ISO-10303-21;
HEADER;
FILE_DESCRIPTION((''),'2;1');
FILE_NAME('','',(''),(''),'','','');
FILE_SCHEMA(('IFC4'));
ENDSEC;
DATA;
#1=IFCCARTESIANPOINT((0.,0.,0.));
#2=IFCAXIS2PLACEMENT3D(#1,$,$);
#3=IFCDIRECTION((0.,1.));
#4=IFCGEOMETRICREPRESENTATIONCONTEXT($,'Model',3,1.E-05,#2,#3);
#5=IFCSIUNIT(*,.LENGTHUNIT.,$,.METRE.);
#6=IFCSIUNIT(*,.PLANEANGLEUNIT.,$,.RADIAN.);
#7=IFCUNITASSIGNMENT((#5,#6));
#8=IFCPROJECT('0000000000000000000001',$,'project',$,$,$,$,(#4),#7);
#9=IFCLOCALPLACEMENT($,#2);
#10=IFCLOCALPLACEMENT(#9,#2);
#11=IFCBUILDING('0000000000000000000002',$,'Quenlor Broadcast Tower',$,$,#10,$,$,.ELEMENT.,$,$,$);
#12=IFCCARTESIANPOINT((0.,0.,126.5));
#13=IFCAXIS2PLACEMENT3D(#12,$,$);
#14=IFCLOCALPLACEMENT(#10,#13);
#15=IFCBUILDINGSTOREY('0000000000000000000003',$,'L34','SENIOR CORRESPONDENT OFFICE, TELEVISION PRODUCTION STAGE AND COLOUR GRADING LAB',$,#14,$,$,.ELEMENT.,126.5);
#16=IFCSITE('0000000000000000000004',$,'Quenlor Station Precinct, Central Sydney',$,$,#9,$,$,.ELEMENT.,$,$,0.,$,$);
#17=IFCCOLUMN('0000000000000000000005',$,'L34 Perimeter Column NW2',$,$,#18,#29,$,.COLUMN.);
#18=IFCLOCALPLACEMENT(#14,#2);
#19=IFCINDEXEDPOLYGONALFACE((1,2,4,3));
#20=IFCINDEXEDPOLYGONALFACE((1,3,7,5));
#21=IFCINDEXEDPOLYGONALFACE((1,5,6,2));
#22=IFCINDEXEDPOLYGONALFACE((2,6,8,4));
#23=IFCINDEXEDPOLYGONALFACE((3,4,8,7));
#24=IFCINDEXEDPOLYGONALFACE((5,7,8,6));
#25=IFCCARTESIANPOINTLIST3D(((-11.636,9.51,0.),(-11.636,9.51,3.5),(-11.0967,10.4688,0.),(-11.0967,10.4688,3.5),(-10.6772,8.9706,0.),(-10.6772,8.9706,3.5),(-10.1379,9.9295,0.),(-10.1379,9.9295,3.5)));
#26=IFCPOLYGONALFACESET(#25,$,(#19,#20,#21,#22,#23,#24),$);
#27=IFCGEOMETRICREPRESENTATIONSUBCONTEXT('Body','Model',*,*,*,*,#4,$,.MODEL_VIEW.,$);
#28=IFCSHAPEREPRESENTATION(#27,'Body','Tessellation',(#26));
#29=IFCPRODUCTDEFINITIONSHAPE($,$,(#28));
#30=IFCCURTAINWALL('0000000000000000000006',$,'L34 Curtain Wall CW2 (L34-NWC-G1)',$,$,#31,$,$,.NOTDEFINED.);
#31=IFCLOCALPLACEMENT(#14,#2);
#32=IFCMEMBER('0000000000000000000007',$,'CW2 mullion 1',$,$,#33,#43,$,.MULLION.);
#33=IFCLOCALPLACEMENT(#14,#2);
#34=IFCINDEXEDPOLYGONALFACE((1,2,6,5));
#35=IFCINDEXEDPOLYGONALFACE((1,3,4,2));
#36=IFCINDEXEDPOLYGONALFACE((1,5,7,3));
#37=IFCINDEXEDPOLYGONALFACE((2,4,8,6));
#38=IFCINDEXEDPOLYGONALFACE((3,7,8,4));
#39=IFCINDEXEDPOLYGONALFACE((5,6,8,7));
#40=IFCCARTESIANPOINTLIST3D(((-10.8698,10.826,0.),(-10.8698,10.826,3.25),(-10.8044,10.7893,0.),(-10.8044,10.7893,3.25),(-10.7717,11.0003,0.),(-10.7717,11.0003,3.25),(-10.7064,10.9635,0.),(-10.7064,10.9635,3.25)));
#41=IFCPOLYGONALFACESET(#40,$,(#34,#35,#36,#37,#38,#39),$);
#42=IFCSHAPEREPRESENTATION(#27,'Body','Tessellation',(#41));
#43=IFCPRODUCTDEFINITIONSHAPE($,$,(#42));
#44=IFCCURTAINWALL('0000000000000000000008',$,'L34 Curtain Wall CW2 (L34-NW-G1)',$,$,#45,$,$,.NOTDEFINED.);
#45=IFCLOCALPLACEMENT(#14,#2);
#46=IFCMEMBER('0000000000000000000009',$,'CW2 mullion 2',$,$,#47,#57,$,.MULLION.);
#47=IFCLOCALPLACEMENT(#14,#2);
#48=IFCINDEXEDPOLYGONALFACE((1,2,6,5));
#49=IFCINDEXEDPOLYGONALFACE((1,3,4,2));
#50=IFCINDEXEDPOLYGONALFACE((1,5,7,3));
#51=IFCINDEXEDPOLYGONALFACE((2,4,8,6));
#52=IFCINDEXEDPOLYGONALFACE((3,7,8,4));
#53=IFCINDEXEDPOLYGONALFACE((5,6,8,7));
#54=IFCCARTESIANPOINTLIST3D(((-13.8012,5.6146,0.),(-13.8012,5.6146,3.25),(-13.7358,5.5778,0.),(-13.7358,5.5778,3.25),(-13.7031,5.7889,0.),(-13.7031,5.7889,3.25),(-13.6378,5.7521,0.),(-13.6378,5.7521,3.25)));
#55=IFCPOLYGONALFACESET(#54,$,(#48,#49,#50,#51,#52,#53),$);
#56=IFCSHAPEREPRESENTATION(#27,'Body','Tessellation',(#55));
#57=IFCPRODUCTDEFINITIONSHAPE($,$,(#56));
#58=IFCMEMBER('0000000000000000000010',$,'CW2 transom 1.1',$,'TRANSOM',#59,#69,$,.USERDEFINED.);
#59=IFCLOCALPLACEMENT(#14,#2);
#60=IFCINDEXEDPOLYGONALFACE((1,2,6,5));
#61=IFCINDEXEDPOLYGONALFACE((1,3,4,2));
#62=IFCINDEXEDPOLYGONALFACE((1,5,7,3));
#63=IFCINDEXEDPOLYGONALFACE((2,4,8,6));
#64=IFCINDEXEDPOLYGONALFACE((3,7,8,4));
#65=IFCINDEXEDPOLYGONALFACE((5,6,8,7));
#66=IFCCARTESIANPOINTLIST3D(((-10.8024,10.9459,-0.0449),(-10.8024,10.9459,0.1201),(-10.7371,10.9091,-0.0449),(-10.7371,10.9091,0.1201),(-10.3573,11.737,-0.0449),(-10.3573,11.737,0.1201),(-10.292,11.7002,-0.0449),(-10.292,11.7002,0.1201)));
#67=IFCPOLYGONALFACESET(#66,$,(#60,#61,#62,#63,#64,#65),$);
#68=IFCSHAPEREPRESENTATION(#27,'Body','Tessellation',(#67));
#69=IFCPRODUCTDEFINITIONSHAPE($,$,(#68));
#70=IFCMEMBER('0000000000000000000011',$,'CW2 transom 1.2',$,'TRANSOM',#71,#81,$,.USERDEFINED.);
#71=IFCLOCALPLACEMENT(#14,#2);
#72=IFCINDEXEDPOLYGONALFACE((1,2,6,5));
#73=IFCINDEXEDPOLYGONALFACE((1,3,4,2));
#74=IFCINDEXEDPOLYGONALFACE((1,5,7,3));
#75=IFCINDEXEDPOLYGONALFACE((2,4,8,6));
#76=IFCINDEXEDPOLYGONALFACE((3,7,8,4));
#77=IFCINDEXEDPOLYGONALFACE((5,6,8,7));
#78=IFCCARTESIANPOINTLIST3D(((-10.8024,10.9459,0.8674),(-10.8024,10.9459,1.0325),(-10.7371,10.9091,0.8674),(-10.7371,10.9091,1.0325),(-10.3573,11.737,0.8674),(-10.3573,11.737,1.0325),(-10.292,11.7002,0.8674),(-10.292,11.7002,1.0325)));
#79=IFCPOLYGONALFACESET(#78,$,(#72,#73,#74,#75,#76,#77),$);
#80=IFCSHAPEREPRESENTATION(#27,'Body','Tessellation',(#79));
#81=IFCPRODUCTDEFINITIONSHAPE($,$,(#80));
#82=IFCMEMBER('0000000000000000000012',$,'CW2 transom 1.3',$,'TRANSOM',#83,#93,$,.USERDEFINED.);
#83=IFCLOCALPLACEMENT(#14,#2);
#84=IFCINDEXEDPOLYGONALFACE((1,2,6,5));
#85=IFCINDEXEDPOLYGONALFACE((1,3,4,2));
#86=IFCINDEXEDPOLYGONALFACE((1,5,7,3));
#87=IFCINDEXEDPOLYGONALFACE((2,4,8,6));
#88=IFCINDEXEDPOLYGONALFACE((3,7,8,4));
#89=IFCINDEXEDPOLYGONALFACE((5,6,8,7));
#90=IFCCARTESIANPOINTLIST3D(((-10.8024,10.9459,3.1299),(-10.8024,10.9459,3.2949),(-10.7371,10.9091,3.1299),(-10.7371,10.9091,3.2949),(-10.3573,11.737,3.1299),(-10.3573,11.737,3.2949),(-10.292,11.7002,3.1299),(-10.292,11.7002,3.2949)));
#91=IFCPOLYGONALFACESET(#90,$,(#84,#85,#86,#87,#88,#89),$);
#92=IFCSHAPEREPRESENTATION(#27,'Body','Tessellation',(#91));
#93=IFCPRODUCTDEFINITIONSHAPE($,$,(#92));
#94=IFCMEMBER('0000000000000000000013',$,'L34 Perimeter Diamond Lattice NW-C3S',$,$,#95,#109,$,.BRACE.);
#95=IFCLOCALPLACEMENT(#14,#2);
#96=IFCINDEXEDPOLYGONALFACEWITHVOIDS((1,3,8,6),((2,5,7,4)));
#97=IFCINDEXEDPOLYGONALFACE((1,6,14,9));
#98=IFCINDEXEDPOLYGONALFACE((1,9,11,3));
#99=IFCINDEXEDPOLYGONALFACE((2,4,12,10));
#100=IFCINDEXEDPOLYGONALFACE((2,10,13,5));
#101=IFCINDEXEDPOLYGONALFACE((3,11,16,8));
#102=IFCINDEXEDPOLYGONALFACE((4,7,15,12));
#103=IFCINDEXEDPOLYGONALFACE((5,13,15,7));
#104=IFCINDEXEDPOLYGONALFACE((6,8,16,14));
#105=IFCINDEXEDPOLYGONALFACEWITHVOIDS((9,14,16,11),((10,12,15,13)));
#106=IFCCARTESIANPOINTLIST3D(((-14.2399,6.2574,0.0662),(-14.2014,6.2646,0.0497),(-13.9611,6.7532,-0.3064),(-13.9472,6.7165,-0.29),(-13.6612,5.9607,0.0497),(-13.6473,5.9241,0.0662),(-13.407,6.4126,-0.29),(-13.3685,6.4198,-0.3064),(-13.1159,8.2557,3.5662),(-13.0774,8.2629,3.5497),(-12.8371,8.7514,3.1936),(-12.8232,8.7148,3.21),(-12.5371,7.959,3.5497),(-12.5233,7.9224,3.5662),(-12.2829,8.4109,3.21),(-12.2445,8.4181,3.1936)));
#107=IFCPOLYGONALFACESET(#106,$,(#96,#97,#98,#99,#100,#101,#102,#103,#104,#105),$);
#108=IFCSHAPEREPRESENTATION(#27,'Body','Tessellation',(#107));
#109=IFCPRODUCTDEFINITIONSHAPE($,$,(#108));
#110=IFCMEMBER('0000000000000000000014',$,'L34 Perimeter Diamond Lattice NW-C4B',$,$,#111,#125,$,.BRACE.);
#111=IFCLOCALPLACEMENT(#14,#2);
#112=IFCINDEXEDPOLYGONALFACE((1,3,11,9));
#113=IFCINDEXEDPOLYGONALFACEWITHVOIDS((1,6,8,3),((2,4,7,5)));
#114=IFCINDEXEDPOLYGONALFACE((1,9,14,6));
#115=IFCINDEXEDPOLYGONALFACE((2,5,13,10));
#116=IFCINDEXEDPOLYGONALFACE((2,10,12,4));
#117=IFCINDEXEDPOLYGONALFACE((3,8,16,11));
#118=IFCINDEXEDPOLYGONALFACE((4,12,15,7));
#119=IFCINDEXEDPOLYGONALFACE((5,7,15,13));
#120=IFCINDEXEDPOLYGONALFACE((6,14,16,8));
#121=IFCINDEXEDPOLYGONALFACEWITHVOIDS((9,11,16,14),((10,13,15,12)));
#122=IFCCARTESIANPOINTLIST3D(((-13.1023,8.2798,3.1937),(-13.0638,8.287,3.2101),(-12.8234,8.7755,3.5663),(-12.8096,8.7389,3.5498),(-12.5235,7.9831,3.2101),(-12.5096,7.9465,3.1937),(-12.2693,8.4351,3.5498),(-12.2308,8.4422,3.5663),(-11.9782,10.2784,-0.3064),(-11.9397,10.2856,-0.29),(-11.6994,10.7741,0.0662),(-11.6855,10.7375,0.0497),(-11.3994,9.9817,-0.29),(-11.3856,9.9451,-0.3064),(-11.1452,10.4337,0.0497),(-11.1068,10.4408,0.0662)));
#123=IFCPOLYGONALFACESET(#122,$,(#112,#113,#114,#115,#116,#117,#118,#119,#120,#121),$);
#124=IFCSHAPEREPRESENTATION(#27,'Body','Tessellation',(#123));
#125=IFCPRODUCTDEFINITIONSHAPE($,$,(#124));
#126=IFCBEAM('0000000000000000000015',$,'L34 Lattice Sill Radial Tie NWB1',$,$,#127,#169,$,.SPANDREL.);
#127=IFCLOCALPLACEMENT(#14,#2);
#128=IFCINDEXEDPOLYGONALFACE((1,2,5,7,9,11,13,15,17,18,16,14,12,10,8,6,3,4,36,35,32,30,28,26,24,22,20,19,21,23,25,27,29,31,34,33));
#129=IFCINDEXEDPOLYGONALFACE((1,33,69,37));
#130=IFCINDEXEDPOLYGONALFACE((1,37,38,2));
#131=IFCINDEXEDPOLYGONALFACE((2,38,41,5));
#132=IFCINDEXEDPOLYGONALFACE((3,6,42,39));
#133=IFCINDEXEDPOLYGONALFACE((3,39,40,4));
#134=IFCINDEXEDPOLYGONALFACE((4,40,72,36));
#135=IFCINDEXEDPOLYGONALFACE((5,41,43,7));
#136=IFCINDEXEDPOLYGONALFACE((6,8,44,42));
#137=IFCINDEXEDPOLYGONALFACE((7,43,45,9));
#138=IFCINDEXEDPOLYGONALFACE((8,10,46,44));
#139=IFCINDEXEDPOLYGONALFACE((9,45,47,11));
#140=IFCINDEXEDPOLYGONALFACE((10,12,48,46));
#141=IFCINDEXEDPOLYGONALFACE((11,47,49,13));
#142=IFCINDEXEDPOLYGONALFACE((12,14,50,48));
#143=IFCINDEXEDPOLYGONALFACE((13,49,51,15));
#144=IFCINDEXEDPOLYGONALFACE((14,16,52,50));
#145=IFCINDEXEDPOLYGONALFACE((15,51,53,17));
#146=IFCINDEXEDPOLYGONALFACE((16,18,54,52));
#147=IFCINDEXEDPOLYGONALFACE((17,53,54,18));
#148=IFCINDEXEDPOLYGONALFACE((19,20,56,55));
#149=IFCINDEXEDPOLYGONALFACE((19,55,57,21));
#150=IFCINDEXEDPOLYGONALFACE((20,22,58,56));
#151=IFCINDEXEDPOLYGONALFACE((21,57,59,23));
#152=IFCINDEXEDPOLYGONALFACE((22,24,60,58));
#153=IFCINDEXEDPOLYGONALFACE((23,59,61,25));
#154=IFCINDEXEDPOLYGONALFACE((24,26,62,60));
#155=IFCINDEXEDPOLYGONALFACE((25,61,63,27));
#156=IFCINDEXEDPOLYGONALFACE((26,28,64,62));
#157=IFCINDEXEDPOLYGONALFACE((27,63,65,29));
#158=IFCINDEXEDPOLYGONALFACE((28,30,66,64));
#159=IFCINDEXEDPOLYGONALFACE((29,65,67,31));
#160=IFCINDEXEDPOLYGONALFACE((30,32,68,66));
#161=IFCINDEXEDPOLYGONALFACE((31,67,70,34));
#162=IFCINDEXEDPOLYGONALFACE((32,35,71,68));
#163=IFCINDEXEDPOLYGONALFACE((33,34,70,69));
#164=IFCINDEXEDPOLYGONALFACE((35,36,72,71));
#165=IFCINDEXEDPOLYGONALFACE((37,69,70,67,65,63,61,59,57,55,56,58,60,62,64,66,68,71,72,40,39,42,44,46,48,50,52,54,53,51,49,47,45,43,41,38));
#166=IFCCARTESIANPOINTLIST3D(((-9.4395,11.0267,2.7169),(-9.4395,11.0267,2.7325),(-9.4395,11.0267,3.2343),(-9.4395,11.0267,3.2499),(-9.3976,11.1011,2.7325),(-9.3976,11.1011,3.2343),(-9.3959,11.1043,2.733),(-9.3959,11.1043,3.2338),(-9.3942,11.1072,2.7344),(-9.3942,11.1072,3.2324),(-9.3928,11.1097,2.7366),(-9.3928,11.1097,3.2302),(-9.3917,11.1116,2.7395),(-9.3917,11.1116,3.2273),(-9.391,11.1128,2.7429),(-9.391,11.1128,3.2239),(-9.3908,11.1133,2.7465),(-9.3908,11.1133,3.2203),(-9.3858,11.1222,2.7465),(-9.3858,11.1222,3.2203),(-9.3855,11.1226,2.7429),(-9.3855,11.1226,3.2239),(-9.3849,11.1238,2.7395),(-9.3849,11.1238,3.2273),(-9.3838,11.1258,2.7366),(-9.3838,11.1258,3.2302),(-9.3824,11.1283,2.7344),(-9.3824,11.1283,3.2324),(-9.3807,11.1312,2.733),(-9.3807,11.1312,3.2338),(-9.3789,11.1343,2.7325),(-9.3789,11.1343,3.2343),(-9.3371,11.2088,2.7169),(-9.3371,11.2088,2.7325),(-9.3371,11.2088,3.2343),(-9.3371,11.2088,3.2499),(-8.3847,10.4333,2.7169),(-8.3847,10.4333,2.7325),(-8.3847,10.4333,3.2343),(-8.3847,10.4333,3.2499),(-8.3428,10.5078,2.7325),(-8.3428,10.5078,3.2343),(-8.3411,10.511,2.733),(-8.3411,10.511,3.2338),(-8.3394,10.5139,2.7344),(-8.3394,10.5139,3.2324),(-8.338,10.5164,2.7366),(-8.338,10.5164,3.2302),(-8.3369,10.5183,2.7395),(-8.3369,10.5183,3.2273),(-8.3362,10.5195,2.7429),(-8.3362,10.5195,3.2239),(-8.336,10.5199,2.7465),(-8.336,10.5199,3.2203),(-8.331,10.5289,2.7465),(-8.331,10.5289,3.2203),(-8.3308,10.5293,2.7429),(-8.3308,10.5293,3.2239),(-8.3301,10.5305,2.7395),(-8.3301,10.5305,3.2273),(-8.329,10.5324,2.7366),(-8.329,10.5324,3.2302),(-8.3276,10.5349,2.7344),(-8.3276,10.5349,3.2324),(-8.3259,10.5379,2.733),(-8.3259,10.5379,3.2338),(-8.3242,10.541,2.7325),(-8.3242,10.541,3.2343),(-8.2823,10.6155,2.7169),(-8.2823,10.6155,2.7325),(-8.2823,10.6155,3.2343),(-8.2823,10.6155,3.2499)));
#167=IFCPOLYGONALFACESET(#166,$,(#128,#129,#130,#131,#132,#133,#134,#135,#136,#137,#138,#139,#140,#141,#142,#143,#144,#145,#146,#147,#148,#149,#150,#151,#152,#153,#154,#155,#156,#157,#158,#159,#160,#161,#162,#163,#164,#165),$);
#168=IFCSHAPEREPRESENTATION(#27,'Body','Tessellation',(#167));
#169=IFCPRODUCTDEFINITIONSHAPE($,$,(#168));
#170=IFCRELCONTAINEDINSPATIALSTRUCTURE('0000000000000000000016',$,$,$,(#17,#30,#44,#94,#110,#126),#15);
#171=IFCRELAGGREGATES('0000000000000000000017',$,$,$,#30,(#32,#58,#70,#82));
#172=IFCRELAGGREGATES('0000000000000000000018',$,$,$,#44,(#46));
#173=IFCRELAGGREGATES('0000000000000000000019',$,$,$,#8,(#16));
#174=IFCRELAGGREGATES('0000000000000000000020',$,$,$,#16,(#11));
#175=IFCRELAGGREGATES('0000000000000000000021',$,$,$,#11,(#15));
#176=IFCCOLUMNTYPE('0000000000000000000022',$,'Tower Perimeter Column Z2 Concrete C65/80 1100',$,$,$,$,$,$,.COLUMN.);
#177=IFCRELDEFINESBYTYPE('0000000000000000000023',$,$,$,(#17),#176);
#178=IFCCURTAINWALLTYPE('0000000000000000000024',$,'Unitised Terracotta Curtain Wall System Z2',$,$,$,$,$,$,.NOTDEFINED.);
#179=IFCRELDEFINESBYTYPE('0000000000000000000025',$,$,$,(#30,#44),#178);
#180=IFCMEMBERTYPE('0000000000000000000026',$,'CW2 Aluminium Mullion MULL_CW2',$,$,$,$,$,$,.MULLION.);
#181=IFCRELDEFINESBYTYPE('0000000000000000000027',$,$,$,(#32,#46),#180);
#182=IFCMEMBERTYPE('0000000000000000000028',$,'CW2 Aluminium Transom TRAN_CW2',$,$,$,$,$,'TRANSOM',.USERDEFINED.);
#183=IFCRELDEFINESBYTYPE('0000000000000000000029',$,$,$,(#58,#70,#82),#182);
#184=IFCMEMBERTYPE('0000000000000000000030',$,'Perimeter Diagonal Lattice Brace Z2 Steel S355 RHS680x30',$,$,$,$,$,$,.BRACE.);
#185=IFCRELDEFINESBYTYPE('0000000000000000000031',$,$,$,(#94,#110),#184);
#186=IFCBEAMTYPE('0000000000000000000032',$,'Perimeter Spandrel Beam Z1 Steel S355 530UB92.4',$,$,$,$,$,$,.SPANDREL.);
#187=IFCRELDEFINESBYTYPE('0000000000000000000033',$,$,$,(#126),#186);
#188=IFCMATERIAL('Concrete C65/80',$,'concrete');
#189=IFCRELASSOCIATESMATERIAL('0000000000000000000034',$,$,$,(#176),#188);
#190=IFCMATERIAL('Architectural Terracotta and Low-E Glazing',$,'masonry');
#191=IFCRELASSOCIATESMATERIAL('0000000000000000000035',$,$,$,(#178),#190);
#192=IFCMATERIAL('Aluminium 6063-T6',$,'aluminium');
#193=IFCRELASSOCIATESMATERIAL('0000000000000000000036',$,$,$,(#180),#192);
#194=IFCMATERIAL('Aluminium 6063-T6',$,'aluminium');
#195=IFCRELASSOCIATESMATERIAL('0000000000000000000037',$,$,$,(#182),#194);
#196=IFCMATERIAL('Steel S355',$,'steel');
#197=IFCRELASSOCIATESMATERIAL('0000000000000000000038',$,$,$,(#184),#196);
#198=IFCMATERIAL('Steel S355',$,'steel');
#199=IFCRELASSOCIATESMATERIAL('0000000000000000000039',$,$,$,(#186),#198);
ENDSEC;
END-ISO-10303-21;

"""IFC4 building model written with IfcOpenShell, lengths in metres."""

from ifc_helpers import new_model, si_unit, direction, frame, origin, origin_2d, place, context, subcontext, project, spatial, rectangle, hollow_rectangle, i_section, extrude, material, material_profile, profile_set, type_object, element, aggregate, save


model = new_model("IFC4")

# Units and contexts
model_context = context("Model", 3, precision=1e-05, world=origin(), true_north=direction((0.0, 1.0)))
body_context = subcontext(model_context, "Body", "Model", "MODEL_VIEW")
ifc_project = project(units=[si_unit("LENGTHUNIT", "METRE"), si_unit("PLANEANGLEUNIT", "RADIAN")], contexts=[model_context])

# Site, building, storey
site_placement = place(None, origin())
site = spatial("IfcSite", under=ifc_project, at=site_placement, Name="Quenlor Station Precinct, Central Sydney", CompositionType="ELEMENT", RefElevation=0.0)
building_placement = place(site_placement, origin())
building = spatial("IfcBuilding", under=site, at=building_placement, Name="Quenlor Broadcast Tower", CompositionType="ELEMENT")
storey_placement = place(building_placement, frame((0.0, 0.0, 126.5)))
storey = spatial("IfcBuildingStorey", under=building, at=storey_placement, Name="L34", Description="SENIOR CORRESPONDENT OFFICE, TELEVISION PRODUCTION STAGE AND COLOUR GRADING LAB", CompositionType="ELEMENT", Elevation=126.5)

# Column
ifc_material_1 = material(Name="Concrete C65/80", Category="concrete")
ifc_material_profile_1 = material_profile(ifc_material_1, rectangle(XDim=1.1001, YDim=1.1001, at=origin_2d()))
ifc_profile_set_1 = profile_set([ifc_material_profile_1], Name="Concrete C65/80 RC1100x1100")
column_type = type_object("IfcColumnType", Name="Tower Perimeter Column Z2 Concrete C65/80 1100", PredefinedType="COLUMN", material=ifc_profile_set_1)
column_placement = place(storey_placement, frame((-10.887, 9.7197, 0.0), z_axis=(0.0, 0.0, 1.0), x_axis=(-0.871575, 0.490262, 0.0)))
element("IfcColumn", 1, at=column_placement, inside=storey, type_object=column_type, Name="L34 Perimeter Column NW2", PredefinedType="COLUMN", context=body_context, shape_type="SweptSolid", body=[
    extrude(rectangle(XDim=1.1001, YDim=1.1001, at=origin_2d()), origin(), (0.0, 0.0, 1.0), 3.5),
])

# Curtain walls, members
ifc_material_2 = material(Name="Architectural Terracotta and Low-E Glazing", Category="masonry")
curtain_wall_type = type_object("IfcCurtainWallType", Name="Unitised Terracotta Curtain Wall System Z2", PredefinedType="NOTDEFINED", material=ifc_material_2)
curtain_wall_1_placement = place(storey_placement, origin())
curtain_wall_1 = element("IfcCurtainWall", 2, at=curtain_wall_1_placement, inside=storey, type_object=curtain_wall_type, Name="L34 Curtain Wall CW2 (L34-NWC-G1)", PredefinedType="NOTDEFINED")
ifc_material_3 = material(Name="Aluminium 6063-T6", Category="aluminium")
ifc_material_profile_2 = material_profile(ifc_material_3, rectangle(XDim=0.075, YDim=0.2, at=origin_2d()))
ifc_profile_set_2 = profile_set([ifc_material_profile_2], Name="Aluminium 6063-T6 MULL75x200")
member_type_1 = type_object("IfcMemberType", Name="CW2 Aluminium Mullion MULL_CW2", PredefinedType="MULLION", material=ifc_profile_set_2)
member_1_placement = place(storey_placement, frame((-10.7881, 10.8948, 0.0), z_axis=(0.0, 0.0, 1.0), x_axis=(-0.871581, 0.490252, 0.0)))
member_1 = element("IfcMember", 3, at=member_1_placement, type_object=member_type_1, Name="CW2 mullion 1", PredefinedType="MULLION", context=body_context, shape_type="SweptSolid", body=[
    extrude(rectangle(XDim=0.075, YDim=0.2, at=origin_2d()), origin(), (0.0, 0.0, 1.0), 3.25),
])
curtain_wall_2_placement = place(storey_placement, origin())
curtain_wall_2 = element("IfcCurtainWall", 4, at=curtain_wall_2_placement, inside=storey, type_object=curtain_wall_type, Name="L34 Curtain Wall CW2 (L34-NW-G1)", PredefinedType="NOTDEFINED")
member_2_placement = place(storey_placement, frame((-13.7195, 5.6833, 0.0), z_axis=(0.0, 0.0, 1.0), x_axis=(-0.871579, 0.490254, 0.0)))
member_2 = element("IfcMember", 5, at=member_2_placement, type_object=member_type_1, Name="CW2 mullion 2", PredefinedType="MULLION", context=body_context, shape_type="SweptSolid", body=[
    extrude(rectangle(XDim=0.075, YDim=0.2, at=origin_2d()), origin(), (0.0, 0.0, 1.0), 3.25),
])

# Members
ifc_material_4 = material(Name="Aluminium 6063-T6", Category="aluminium")
ifc_material_profile_3 = material_profile(ifc_material_4, rectangle(XDim=0.075, YDim=0.165, at=origin_2d()))
ifc_profile_set_3 = profile_set([ifc_material_profile_3], Name="Aluminium 6063-T6 TRAN75x165")
member_type_2 = type_object("IfcMemberType", Name="CW2 Aluminium Transom TRAN_CW2", ElementType="TRANSOM", PredefinedType="USERDEFINED", material=ifc_profile_set_3)
member_3_placement = place(storey_placement, frame((-10.7698, 10.9275, 0.0376), z_axis=(0.490363, 0.871518, 0.0), x_axis=(-0.871518, 0.490363, 0.0)))
member_3 = element("IfcMember", 6, at=member_3_placement, type_object=member_type_2, Name="CW2 transom 1.1", ObjectType="TRANSOM", PredefinedType="USERDEFINED", context=body_context, shape_type="SweptSolid", body=[
    extrude(rectangle(XDim=0.075, YDim=0.165, at=origin_2d()), origin(), (0.0, 0.0, 1.0), 0.9077),
])
member_4_placement = place(storey_placement, frame((-10.7698, 10.9275, 0.95), z_axis=(0.490363, 0.871518, 0.0), x_axis=(-0.871518, 0.490363, 0.0)))
member_4 = element("IfcMember", 7, at=member_4_placement, type_object=member_type_2, Name="CW2 transom 1.2", ObjectType="TRANSOM", PredefinedType="USERDEFINED", context=body_context, shape_type="SweptSolid", body=[
    extrude(rectangle(XDim=0.075, YDim=0.165, at=origin_2d()), origin(), (0.0, 0.0, 1.0), 0.9077),
])
member_5_placement = place(storey_placement, frame((-10.7698, 10.9275, 3.2124), z_axis=(0.490363, 0.871518, 0.0), x_axis=(-0.871518, 0.490363, 0.0)))
member_5 = element("IfcMember", 8, at=member_5_placement, type_object=member_type_2, Name="CW2 transom 1.3", ObjectType="TRANSOM", PredefinedType="USERDEFINED", context=body_context, shape_type="SweptSolid", body=[
    extrude(rectangle(XDim=0.075, YDim=0.165, at=origin_2d()), origin(), (0.0, 0.0, 1.0), 0.9077),
])

# Members
ifc_material_5 = material(Name="Steel S355", Category="steel")
ifc_material_profile_4 = material_profile(ifc_material_5, hollow_rectangle(XDim=0.6799, YDim=0.6799, WallThickness=0.03, at=origin_2d()))
ifc_profile_set_4 = profile_set([ifc_material_profile_4], Name="Steel S355 RHS680x680x30")
member_type_3 = type_object("IfcMemberType", Name="Perimeter Diagonal Lattice Brace Z2 Steel S355 RHS680x30", PredefinedType="BRACE", material=ifc_profile_set_4)
member_6_placement = place(storey_placement, frame((-13.8042, 6.3386, -0.1201), z_axis=(0.268642, 0.477593, 0.836502), x_axis=(-0.871578, 0.490256, 0.0)))
element("IfcMember", 9, at=member_6_placement, inside=storey, type_object=member_type_3, Name="L34 Perimeter Diamond Lattice NW-C3S", PredefinedType="BRACE", context=body_context, shape_type="SweptSolid", body=[
    extrude(hollow_rectangle(XDim=0.6799, YDim=0.6799, WallThickness=0.03, at=origin_2d()), origin(), (0.0, 0.0, 1.0), 4.1841),
])
member_7_placement = place(storey_placement, frame((-11.5425, 10.3596, -0.1201), z_axis=(-0.268635, -0.477638, 0.836479), x_axis=(0.871604, -0.490211, 0.0)))
element("IfcMember", 10, at=member_7_placement, inside=storey, type_object=member_type_3, Name="L34 Perimeter Diamond Lattice NW-C4B", PredefinedType="BRACE", context=body_context, shape_type="SweptSolid", body=[
    extrude(hollow_rectangle(XDim=0.6799, YDim=0.6799, WallThickness=0.03, at=origin_2d()), origin(), (0.0, 0.0, 1.0), 4.1843),
])

# Beam
ifc_material_6 = material(Name="Steel S355", Category="steel")
ifc_material_profile_5 = material_profile(ifc_material_6, i_section(OverallWidth=0.209, OverallDepth=0.533, WebThickness=0.0103, FlangeThickness=0.0156, FilletRadius=0.0139, at=origin_2d()))
ifc_profile_set_5 = profile_set([ifc_material_profile_5], Name="Steel S355 530UB92.4")
beam_type_1 = type_object("IfcBeamType", Name="Perimeter Spandrel Beam Z1 Steel S355 530UB92.4", PredefinedType="SPANDREL", material=ifc_profile_set_5)
beam_1_placement = place(storey_placement, frame((-8.3335, 10.5244, 2.9834), z_axis=(-0.871576, 0.490261, 0.0), x_axis=(-0.490261, -0.871576, 0.0)))
element("IfcBeam", 11, at=beam_1_placement, inside=storey, type_object=beam_type_1, Name="L34 Lattice Sill Radial Tie NWB1", PredefinedType="SPANDREL", context=body_context, shape_type="SweptSolid", body=[
    extrude(i_section(OverallWidth=0.209, OverallDepth=0.533, WebThickness=0.0103, FlangeThickness=0.0156, FilletRadius=0.0139, at=origin_2d()), origin(), (0.0, 0.0, 1.0), 1.2102),
])

aggregate(curtain_wall_1, [member_1, member_3, member_4, member_5])
aggregate(curtain_wall_2, [member_2])

save(model, "model.ifc")
